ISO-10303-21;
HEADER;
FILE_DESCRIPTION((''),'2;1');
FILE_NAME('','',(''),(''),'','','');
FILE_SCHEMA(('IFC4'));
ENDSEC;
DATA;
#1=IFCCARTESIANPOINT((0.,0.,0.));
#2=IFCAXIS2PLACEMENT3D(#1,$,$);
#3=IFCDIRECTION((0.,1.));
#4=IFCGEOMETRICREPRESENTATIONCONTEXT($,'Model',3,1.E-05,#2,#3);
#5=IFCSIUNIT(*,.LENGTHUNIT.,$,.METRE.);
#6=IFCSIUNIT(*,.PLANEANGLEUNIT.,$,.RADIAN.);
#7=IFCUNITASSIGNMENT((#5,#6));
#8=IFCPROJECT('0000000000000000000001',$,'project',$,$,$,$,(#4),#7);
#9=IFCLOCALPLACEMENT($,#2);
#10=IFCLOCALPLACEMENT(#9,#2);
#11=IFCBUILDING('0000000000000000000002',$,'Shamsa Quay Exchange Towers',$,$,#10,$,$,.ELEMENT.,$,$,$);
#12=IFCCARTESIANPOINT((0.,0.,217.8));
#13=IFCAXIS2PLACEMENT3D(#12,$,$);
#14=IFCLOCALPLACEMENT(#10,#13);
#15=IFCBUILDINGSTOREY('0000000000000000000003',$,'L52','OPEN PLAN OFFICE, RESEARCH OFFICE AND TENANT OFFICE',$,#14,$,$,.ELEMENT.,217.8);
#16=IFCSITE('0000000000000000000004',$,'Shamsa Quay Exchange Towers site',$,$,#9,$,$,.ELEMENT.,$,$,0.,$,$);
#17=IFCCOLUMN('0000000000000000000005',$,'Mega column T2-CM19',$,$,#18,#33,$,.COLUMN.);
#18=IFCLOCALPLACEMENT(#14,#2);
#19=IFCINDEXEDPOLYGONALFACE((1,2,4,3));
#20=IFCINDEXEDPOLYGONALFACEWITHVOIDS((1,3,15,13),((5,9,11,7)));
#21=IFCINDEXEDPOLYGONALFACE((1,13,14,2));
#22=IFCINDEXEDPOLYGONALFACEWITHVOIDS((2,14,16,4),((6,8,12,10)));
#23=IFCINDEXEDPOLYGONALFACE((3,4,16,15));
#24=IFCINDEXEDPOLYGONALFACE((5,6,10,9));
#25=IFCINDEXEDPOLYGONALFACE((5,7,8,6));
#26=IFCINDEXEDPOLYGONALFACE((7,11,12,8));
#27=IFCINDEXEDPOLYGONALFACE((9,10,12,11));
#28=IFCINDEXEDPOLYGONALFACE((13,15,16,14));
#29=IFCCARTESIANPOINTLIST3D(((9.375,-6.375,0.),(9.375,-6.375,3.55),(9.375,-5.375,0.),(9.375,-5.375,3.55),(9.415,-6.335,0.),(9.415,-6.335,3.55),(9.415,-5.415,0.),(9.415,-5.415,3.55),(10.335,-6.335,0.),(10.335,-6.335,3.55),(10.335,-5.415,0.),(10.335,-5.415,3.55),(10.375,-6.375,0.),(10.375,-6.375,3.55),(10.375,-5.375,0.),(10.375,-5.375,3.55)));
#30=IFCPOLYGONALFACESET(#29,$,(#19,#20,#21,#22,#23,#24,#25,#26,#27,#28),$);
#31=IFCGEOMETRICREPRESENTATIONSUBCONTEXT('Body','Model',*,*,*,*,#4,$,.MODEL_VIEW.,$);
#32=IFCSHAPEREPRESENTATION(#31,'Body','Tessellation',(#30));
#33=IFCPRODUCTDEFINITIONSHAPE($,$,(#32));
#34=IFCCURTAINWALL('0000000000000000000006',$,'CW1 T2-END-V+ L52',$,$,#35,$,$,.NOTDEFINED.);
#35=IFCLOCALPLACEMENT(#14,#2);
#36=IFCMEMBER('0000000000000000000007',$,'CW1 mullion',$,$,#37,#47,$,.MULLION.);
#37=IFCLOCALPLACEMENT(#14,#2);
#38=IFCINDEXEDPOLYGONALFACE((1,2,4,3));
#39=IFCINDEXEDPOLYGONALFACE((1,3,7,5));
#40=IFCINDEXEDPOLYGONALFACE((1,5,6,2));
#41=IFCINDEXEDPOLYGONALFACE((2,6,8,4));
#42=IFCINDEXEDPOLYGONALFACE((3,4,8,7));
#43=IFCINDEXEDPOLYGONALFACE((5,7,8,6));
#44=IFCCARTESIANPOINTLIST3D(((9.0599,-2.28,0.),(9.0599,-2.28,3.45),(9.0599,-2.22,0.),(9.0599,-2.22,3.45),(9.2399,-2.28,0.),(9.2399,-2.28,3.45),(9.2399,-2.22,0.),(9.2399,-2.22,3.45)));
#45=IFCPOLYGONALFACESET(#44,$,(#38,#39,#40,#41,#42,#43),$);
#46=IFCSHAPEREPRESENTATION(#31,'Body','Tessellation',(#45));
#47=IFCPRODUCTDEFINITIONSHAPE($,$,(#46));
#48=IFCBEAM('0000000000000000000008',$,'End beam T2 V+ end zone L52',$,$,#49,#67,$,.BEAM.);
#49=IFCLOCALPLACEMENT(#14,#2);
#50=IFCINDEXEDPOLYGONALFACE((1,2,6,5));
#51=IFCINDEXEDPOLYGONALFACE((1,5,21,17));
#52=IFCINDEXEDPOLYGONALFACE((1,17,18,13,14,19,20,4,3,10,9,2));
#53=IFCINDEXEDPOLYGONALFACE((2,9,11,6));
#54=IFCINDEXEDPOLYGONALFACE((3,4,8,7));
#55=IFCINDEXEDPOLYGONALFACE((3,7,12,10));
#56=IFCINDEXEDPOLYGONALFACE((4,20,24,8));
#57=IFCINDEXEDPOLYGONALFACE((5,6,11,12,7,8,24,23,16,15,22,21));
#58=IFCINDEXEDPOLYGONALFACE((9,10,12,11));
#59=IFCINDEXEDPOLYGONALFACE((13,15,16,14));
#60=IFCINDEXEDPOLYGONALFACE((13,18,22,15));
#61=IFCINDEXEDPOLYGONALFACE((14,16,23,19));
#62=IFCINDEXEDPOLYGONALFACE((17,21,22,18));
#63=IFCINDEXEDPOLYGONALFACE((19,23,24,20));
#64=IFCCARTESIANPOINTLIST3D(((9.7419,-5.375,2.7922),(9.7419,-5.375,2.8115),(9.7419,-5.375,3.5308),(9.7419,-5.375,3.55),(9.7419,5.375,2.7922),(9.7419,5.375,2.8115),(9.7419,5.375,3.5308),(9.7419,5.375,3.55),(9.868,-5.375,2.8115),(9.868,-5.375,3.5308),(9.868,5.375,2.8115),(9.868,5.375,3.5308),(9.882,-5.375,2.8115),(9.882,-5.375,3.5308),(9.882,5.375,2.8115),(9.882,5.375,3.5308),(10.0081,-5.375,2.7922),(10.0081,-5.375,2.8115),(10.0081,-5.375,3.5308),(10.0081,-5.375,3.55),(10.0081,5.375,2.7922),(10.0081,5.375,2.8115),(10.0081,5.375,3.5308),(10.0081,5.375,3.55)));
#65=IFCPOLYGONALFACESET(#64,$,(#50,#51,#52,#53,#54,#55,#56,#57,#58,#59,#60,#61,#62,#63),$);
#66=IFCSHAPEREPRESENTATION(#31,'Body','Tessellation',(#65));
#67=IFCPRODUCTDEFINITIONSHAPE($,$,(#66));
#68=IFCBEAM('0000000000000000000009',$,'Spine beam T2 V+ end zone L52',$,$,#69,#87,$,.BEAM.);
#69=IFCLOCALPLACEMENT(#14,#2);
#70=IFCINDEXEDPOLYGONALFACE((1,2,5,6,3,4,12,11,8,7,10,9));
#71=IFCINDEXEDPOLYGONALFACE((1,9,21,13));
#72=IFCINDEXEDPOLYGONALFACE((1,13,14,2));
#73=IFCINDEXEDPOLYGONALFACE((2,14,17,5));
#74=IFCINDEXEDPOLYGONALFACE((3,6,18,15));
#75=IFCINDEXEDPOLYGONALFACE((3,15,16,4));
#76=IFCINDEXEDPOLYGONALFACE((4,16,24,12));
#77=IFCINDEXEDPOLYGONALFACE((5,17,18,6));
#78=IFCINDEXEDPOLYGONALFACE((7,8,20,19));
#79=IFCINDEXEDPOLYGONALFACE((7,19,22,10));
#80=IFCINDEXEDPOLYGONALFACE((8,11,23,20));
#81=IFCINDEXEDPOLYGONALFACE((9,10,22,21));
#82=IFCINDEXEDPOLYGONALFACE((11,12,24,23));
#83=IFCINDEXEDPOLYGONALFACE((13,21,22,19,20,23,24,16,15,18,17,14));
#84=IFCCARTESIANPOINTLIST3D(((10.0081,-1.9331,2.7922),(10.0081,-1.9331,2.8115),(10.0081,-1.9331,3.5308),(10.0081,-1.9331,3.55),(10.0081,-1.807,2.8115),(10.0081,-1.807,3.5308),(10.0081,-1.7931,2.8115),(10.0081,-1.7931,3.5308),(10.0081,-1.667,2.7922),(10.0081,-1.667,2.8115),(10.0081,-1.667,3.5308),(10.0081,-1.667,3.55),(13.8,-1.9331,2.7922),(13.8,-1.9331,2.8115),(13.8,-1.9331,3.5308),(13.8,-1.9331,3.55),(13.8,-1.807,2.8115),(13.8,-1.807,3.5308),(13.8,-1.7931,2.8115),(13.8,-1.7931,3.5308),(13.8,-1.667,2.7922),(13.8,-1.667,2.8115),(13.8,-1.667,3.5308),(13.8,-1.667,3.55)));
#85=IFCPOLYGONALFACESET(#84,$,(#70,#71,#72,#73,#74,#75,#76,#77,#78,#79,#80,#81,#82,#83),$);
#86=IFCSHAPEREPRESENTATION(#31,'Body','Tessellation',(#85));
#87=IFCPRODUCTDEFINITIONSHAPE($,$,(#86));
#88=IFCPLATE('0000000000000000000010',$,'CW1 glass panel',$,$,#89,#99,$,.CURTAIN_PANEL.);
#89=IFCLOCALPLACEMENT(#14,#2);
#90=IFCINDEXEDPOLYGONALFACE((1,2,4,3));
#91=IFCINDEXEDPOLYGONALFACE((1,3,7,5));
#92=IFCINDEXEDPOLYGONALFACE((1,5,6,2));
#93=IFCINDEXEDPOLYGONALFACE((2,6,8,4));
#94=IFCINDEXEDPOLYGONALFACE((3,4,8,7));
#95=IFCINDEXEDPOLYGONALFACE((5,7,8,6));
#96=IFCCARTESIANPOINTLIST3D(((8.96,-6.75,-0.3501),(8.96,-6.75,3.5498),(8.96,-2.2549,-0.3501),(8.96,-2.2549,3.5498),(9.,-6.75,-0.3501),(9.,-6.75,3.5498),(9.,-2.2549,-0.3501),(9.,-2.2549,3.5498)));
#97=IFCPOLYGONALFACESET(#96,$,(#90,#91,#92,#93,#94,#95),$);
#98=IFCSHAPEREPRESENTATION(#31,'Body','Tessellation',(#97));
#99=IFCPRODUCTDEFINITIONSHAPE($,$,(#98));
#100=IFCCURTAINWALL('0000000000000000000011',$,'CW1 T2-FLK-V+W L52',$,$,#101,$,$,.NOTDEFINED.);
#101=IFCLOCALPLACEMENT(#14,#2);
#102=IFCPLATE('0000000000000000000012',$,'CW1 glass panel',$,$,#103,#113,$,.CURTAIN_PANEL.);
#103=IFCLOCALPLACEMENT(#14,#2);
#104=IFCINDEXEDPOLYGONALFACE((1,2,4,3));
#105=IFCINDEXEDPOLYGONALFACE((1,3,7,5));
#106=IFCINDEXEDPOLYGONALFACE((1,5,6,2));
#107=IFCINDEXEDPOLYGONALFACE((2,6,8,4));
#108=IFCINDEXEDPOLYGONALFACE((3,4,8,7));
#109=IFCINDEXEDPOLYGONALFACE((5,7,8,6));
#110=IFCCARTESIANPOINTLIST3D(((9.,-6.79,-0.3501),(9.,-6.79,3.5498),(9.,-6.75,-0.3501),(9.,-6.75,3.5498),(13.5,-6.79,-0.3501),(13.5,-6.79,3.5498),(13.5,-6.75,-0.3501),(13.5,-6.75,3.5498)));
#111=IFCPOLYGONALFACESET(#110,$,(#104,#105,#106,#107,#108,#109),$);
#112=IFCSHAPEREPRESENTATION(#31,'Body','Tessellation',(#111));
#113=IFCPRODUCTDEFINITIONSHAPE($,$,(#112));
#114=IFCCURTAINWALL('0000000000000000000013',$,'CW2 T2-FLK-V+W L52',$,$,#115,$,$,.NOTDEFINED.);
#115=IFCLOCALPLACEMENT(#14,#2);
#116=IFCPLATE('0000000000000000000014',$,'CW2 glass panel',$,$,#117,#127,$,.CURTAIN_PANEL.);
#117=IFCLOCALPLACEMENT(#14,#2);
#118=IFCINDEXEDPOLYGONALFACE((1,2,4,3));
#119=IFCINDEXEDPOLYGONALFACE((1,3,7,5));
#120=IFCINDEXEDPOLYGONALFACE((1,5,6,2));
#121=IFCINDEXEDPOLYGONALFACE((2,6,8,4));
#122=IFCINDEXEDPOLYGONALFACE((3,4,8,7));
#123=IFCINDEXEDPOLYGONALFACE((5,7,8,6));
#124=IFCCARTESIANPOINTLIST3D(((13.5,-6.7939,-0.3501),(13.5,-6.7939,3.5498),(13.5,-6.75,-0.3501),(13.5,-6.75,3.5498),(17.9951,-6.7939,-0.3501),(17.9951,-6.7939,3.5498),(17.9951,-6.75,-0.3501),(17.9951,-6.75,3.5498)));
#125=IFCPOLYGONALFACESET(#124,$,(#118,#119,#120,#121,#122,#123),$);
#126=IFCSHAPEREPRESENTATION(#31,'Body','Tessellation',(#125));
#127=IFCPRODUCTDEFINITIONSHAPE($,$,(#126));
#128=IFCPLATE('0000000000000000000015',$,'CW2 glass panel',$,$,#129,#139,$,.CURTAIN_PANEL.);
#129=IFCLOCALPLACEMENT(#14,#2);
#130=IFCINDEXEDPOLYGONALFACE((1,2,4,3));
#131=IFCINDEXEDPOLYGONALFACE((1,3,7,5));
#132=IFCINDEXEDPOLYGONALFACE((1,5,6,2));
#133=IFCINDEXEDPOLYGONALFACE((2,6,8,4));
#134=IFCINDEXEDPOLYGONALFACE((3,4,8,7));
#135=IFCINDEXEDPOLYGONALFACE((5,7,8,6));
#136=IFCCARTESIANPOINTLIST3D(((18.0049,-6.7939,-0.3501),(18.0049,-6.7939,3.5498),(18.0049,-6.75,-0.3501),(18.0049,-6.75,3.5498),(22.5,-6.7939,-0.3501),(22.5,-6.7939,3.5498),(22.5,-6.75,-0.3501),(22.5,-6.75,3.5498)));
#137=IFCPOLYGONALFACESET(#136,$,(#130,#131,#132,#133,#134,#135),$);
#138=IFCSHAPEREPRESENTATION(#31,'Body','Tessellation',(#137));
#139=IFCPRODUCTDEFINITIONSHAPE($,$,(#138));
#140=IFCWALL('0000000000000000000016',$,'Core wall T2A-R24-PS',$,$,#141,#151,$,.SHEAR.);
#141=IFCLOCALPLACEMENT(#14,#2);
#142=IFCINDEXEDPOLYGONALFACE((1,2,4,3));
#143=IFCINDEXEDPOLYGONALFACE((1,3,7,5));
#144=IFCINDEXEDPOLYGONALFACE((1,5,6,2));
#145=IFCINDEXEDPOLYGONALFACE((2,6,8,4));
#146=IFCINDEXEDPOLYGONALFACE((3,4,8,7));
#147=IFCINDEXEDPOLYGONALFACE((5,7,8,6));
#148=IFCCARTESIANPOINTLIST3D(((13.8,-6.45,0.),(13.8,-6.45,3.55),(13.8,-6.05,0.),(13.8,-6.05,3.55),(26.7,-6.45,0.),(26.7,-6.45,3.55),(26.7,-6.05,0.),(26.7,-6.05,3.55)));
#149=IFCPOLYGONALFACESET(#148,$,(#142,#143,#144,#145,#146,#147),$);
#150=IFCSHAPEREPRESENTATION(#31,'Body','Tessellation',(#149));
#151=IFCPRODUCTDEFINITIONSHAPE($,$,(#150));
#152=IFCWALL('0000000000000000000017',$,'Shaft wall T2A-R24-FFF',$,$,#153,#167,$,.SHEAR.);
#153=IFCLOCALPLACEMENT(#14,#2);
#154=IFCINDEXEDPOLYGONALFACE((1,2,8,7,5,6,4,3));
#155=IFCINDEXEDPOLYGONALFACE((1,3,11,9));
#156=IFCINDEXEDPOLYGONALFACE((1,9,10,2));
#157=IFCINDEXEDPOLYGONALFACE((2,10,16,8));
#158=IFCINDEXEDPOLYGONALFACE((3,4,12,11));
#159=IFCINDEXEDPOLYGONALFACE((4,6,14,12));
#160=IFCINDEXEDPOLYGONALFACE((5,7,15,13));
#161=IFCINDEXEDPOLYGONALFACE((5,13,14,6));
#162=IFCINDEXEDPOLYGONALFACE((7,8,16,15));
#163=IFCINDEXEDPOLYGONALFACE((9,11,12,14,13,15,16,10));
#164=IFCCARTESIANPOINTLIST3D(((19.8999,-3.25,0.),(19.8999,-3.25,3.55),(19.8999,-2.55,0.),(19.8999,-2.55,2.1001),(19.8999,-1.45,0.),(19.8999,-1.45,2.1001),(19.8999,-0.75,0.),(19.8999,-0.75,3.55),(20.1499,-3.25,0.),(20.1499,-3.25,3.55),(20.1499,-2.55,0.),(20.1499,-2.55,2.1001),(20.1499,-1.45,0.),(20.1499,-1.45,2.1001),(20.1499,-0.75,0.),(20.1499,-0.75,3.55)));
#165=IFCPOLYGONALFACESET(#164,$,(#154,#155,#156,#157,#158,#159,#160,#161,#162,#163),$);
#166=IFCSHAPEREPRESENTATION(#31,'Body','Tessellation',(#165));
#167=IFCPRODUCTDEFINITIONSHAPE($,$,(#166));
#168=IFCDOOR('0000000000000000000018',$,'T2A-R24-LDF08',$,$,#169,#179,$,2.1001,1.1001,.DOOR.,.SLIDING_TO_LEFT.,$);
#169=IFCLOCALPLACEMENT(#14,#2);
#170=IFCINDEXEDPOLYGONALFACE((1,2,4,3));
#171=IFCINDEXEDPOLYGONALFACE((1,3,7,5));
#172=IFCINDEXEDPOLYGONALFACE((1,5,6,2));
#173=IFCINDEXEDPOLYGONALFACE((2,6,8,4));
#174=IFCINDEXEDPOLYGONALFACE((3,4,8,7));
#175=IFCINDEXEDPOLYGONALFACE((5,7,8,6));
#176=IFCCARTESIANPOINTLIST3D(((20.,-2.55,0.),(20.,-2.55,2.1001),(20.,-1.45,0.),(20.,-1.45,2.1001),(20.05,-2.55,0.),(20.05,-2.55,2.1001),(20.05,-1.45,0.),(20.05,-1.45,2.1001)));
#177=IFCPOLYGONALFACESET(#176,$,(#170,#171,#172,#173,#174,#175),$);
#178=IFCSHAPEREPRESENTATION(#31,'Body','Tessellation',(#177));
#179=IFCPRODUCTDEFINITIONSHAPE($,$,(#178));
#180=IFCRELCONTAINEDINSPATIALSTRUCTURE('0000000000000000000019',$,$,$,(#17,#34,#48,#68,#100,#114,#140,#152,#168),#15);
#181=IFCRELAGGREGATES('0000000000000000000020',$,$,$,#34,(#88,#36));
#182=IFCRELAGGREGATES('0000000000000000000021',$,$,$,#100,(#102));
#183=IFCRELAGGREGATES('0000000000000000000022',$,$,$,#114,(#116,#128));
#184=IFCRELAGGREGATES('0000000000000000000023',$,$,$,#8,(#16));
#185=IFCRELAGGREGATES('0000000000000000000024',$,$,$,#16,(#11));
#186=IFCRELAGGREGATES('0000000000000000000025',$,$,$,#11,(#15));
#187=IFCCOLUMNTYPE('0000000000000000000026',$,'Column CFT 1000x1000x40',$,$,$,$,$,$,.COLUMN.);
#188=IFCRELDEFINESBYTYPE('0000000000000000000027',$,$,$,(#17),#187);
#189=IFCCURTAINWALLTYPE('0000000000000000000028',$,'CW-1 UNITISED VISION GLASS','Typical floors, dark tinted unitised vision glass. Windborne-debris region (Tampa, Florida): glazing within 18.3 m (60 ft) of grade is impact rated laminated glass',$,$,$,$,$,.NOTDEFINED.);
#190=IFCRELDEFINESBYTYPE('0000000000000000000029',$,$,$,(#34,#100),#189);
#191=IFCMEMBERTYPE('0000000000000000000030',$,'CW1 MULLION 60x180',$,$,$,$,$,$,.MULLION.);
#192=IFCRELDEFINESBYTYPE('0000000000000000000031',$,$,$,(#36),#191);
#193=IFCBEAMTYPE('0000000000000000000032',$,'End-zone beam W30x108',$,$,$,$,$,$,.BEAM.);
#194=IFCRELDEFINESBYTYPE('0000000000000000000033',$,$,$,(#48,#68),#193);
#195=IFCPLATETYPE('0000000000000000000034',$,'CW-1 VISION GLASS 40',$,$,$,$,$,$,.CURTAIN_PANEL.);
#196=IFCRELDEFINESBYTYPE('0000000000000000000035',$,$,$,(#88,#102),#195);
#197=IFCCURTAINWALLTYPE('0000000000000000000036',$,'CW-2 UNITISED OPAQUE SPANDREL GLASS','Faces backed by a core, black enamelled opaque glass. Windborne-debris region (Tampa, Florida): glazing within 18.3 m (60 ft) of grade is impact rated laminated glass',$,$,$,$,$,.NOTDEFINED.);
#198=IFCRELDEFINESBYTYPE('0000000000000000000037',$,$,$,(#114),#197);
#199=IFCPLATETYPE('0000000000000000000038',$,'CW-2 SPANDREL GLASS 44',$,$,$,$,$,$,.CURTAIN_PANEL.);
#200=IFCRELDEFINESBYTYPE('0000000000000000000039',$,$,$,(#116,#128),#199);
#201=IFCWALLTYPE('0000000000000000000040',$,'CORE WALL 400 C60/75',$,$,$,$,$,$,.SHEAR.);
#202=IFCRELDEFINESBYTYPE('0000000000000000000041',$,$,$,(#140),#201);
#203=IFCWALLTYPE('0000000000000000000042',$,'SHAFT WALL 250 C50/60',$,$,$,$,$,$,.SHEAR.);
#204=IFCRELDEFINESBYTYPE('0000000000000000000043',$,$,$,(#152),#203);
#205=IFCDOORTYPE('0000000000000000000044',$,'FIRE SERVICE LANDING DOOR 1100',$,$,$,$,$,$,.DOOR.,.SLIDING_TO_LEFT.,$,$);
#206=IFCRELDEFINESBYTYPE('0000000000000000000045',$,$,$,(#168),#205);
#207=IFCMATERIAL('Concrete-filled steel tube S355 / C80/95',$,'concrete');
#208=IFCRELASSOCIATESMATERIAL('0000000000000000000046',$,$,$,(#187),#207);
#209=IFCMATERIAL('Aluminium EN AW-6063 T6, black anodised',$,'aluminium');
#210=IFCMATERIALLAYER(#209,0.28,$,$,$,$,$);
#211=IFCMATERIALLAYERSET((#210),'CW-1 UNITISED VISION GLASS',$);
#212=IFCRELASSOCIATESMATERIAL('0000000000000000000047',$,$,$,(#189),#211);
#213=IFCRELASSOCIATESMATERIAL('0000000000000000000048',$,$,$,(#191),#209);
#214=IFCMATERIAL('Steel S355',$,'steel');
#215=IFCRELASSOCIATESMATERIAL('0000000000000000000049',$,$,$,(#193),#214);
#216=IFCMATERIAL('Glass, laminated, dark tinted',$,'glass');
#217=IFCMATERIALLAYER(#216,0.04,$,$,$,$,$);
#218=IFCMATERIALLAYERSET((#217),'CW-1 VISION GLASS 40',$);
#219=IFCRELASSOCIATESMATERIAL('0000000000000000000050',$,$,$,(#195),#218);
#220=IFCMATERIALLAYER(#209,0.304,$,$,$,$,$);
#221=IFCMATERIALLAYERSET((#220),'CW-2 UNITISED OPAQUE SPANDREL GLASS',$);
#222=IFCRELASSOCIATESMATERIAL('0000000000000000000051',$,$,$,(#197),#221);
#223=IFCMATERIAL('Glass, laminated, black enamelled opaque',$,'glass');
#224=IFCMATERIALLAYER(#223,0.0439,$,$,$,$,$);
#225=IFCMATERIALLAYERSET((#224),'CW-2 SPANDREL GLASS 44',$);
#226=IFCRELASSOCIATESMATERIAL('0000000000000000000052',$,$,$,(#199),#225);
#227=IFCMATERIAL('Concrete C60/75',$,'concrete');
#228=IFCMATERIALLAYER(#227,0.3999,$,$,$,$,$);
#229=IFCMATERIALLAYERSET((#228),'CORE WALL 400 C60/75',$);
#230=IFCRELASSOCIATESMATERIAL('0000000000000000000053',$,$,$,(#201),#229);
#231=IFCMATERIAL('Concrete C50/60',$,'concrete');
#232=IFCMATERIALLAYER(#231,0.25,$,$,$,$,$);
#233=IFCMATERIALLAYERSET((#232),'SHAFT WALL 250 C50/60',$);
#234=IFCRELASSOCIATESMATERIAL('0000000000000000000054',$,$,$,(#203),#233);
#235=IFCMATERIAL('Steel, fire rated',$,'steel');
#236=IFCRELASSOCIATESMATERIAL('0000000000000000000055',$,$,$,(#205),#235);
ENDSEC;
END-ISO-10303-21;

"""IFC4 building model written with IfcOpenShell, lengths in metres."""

from ifc_helpers import new_model, si_unit, direction, frame, frame_2d, origin, origin_2d, place, context, subcontext, project, spatial, rectangle, hollow_rectangle, i_section, extrude, material, layer, layer_set, material_profile, profile_set, type_object, element, fill, aggregate, save


model = new_model("IFC4")

# Units and contexts
model_context = context("Model", 3, precision=1e-05, world=origin(), true_north=direction((0.0, 1.0)))
body_context = subcontext(model_context, "Body", "Model", "MODEL_VIEW")
ifc_project = project(units=[si_unit("LENGTHUNIT", "METRE"), si_unit("PLANEANGLEUNIT", "RADIAN")], contexts=[model_context])

# Site, building, storey
site_placement = place(None, origin())
site = spatial("IfcSite", under=ifc_project, at=site_placement, Name="Shamsa Quay Exchange Towers site", CompositionType="ELEMENT", RefElevation=0.0)
building_placement = place(site_placement, origin())
building = spatial("IfcBuilding", under=site, at=building_placement, Name="Shamsa Quay Exchange Towers", CompositionType="ELEMENT")
storey_placement = place(building_placement, frame((0.0, 0.0, 217.8)))
storey = spatial("IfcBuildingStorey", under=building, at=storey_placement, Name="L52", Description="OPEN PLAN OFFICE, RESEARCH OFFICE AND TENANT OFFICE", CompositionType="ELEMENT", Elevation=217.8)

# Column
ifc_material_1 = material(Name="Concrete-filled steel tube S355 / C80/95", Category="concrete")
ifc_material_profile_1 = material_profile(ifc_material_1, hollow_rectangle(XDim=1.0, YDim=1.0, WallThickness=0.04, at=origin_2d()), Name="CFT 1000x1000x40")
ifc_profile_set_1 = profile_set([ifc_material_profile_1], Name="Concrete-filled steel tube S355 / C80/95")
column_type = type_object("IfcColumnType", Name="Column CFT 1000x1000x40", PredefinedType="COLUMN", material=ifc_profile_set_1)
column_placement = place(storey_placement, frame((9.875, -5.875, 0.0)))
element("IfcColumn", 1, at=column_placement, inside=storey, type_object=column_type, Name="Mega column T2-CM19", PredefinedType="COLUMN", context=body_context, shape_type="SweptSolid", body=[
    extrude(hollow_rectangle(XDim=1.0, YDim=1.0, WallThickness=0.04, at=origin_2d()), origin(), (0.0, 0.0, 1.0), 3.55),
])

# Curtain wall, member
ifc_material_2 = material(Name="Aluminium EN AW-6063 T6, black anodised", Category="aluminium")
ifc_layer_1 = layer(ifc_material_2, 0.28)
ifc_layer_set_1 = layer_set([ifc_layer_1], Name="CW-1 UNITISED VISION GLASS")
curtain_wall_type_1 = type_object("IfcCurtainWallType", Name="CW-1 UNITISED VISION GLASS", Description="Typical floors, dark tinted unitised vision glass. Windborne-debris region (Tampa, Florida): glazing within 18.3 m (60 ft) of grade is impact rated laminated glass", PredefinedType="NOTDEFINED", material=ifc_layer_set_1)
curtain_wall_1_placement = place(storey_placement, origin())
curtain_wall_1 = element("IfcCurtainWall", 2, at=curtain_wall_1_placement, inside=storey, type_object=curtain_wall_type_1, Name="CW1 T2-END-V+ L52", PredefinedType="NOTDEFINED")
ifc_material_profile_2 = material_profile(ifc_material_2, rectangle(XDim=0.1799, YDim=0.0601, at=origin_2d()), Name="MU60x180")
ifc_profile_set_2 = profile_set([ifc_material_profile_2], Name="Aluminium EN AW-6063 T6, black anodised")
member_type = type_object("IfcMemberType", Name="CW1 MULLION 60x180", PredefinedType="MULLION", material=ifc_profile_set_2)
member_placement = place(storey_placement, frame((9.1499, -2.25, 0.0)))
member = element("IfcMember", 3, at=member_placement, type_object=member_type, Name="CW1 mullion", PredefinedType="MULLION", context=body_context, shape_type="SweptSolid", body=[
    extrude(rectangle(XDim=0.1799, YDim=0.0601, at=origin_2d()), origin(), (0.0, 0.0, 1.0), 3.45),
])

# Beams
ifc_material_3 = material(Name="Steel S355", Category="steel")
ifc_material_profile_3 = material_profile(ifc_material_3, i_section(OverallWidth=0.2661, OverallDepth=0.7578, WebThickness=0.0139, FlangeThickness=0.0193, at=origin_2d()), Name="W30x108")
ifc_profile_set_3 = profile_set([ifc_material_profile_3], Name="Steel S355")
beam_type = type_object("IfcBeamType", Name="End-zone beam W30x108", PredefinedType="BEAM", material=ifc_profile_set_3)
beam_1_placement = place(storey_placement, frame((9.875, -5.375, 3.1711), z_axis=(0.0, 1.0, 0.0), x_axis=(-1.0, 0.0, 0.0)))
element("IfcBeam", 4, at=beam_1_placement, inside=storey, type_object=beam_type, Name="End beam T2 V+ end zone L52", PredefinedType="BEAM", context=body_context, shape_type="SweptSolid", body=[
    extrude(i_section(OverallWidth=0.2661, OverallDepth=0.7578, WebThickness=0.0139, FlangeThickness=0.0193, at=origin_2d()), origin(), (0.0, 0.0, 1.0), 10.75),
])
beam_2_placement = place(storey_placement, frame((13.8, -1.8, 3.1711), z_axis=(-1.0, 0.0, 0.0), x_axis=(0.0, -1.0, 0.0)))
element("IfcBeam", 5, at=beam_2_placement, inside=storey, type_object=beam_type, Name="Spine beam T2 V+ end zone L52", PredefinedType="BEAM", context=body_context, shape_type="SweptSolid", body=[
    extrude(i_section(OverallWidth=0.2661, OverallDepth=0.7578, WebThickness=0.0139, FlangeThickness=0.0193, at=origin_2d()), origin(), (0.0, 0.0, 1.0), 3.792),
])

# Plate
ifc_material_4 = material(Name="Glass, laminated, dark tinted", Category="glass")
ifc_layer_2 = layer(ifc_material_4, 0.04)
ifc_layer_set_2 = layer_set([ifc_layer_2], Name="CW-1 VISION GLASS 40")
plate_type_1 = type_object("IfcPlateType", Name="CW-1 VISION GLASS 40", PredefinedType="CURTAIN_PANEL", material=ifc_layer_set_2)
plate_1_placement = place(storey_placement, frame((8.98, -4.5024, -0.3501), z_axis=(0.0, 0.0, 1.0), x_axis=(0.0, -1.0, 0.0)))
plate_1 = element("IfcPlate", 6, at=plate_1_placement, type_object=plate_type_1, Name="CW1 glass panel", PredefinedType="CURTAIN_PANEL", context=body_context, shape_type="SweptSolid", body=[
    extrude(rectangle(XDim=4.4951, YDim=0.04, at=origin_2d()), origin(), (0.0, 0.0, 1.0), 3.8999),
])
aggregate(curtain_wall_1, [plate_1, member])

# Curtain wall, plate
curtain_wall_2_placement = place(storey_placement, origin())
curtain_wall_2 = element("IfcCurtainWall", 7, at=curtain_wall_2_placement, inside=storey, type_object=curtain_wall_type_1, Name="CW1 T2-FLK-V+W L52", PredefinedType="NOTDEFINED")
plate_2_placement = place(storey_placement, frame((11.25, -6.77, -0.3501)))
plate_2 = element("IfcPlate", 8, at=plate_2_placement, type_object=plate_type_1, Name="CW1 glass panel", PredefinedType="CURTAIN_PANEL", context=body_context, shape_type="SweptSolid", body=[
    extrude(rectangle(XDim=4.5, YDim=0.04, at=origin_2d()), origin(), (0.0, 0.0, 1.0), 3.8999),
])
aggregate(curtain_wall_2, [plate_2])

# Curtain wall, plates
ifc_layer_3 = layer(ifc_material_2, 0.304)
ifc_layer_set_3 = layer_set([ifc_layer_3], Name="CW-2 UNITISED OPAQUE SPANDREL GLASS")
curtain_wall_type_2 = type_object("IfcCurtainWallType", Name="CW-2 UNITISED OPAQUE SPANDREL GLASS", Description="Faces backed by a core, black enamelled opaque glass. Windborne-debris region (Tampa, Florida): glazing within 18.3 m (60 ft) of grade is impact rated laminated glass", PredefinedType="NOTDEFINED", material=ifc_layer_set_3)
curtain_wall_3_placement = place(storey_placement, origin())
curtain_wall_3 = element("IfcCurtainWall", 9, at=curtain_wall_3_placement, inside=storey, type_object=curtain_wall_type_2, Name="CW2 T2-FLK-V+W L52", PredefinedType="NOTDEFINED")
ifc_material_5 = material(Name="Glass, laminated, black enamelled opaque", Category="glass")
ifc_layer_4 = layer(ifc_material_5, 0.0439)
ifc_layer_set_4 = layer_set([ifc_layer_4], Name="CW-2 SPANDREL GLASS 44")
plate_type_2 = type_object("IfcPlateType", Name="CW-2 SPANDREL GLASS 44", PredefinedType="CURTAIN_PANEL", material=ifc_layer_set_4)
plate_3_placement = place(storey_placement, frame((15.7476, -6.772, -0.3501)))
plate_3 = element("IfcPlate", 10, at=plate_3_placement, type_object=plate_type_2, Name="CW2 glass panel", PredefinedType="CURTAIN_PANEL", context=body_context, shape_type="SweptSolid", body=[
    extrude(rectangle(XDim=4.4951, YDim=0.0439, at=origin_2d()), origin(), (0.0, 0.0, 1.0), 3.8999),
])
plate_4_placement = place(storey_placement, frame((20.2524, -6.772, -0.3501)))
plate_4 = element("IfcPlate", 11, at=plate_4_placement, type_object=plate_type_2, Name="CW2 glass panel", PredefinedType="CURTAIN_PANEL", context=body_context, shape_type="SweptSolid", body=[
    extrude(rectangle(XDim=4.4951, YDim=0.0439, at=origin_2d()), origin(), (0.0, 0.0, 1.0), 3.8999),
])
aggregate(curtain_wall_3, [plate_3, plate_4])

# Wall
ifc_material_6 = material(Name="Concrete C60/75", Category="concrete")
ifc_layer_5 = layer(ifc_material_6, 0.3999)
ifc_layer_set_5 = layer_set([ifc_layer_5], Name="CORE WALL 400 C60/75")
wall_type_1 = type_object("IfcWallType", Name="CORE WALL 400 C60/75", PredefinedType="SHEAR", material=ifc_layer_set_5)
wall_1_placement = place(storey_placement, frame((13.8, -6.25, 0.0)))
element("IfcWall", 12, at=wall_1_placement, inside=storey, type_object=wall_type_1, Name="Core wall T2A-R24-PS", PredefinedType="SHEAR", context=body_context, shape_type="SweptSolid", body=[
    extrude(rectangle(XDim=12.8999, YDim=0.3999, at=frame_2d((6.45, 0.0))), origin(), (0.0, 0.0, 1.0), 3.55),
])

# Wall, opening, door
ifc_material_7 = material(Name="Concrete C50/60", Category="concrete")
ifc_layer_6 = layer(ifc_material_7, 0.25)
ifc_layer_set_6 = layer_set([ifc_layer_6], Name="SHAFT WALL 250 C50/60")
wall_type_2 = type_object("IfcWallType", Name="SHAFT WALL 250 C50/60", PredefinedType="SHEAR", material=ifc_layer_set_6)
wall_2_placement = place(storey_placement, frame((20.0249, -3.25, 0.0), z_axis=(0.0, 0.0, 1.0), x_axis=(0.0, 1.0, 0.0)))
wall_2 = element("IfcWall", 13, at=wall_2_placement, inside=storey, type_object=wall_type_2, Name="Shaft wall T2A-R24-FFF", PredefinedType="SHEAR", context=body_context, shape_type="SweptSolid", body=[
    extrude(rectangle(XDim=2.5, YDim=0.25, at=frame_2d((1.25, 0.0))), origin(), (0.0, 0.0, 1.0), 3.55),
])
opening_placement = place(wall_2_placement, frame((0.7, 0.0, 0.0)))
opening = element("IfcOpeningElement", 14, at=opening_placement, cuts=wall_2, PredefinedType="OPENING", context=body_context, shape_type="SweptSolid", body=[
    extrude(rectangle(XDim=1.1001, YDim=2.1001, at=frame_2d((0.55, 1.05))), frame((0.0, 0.135, 0.0), z_axis=(0.0, -1.0, 0.0), x_axis=(1.0, 0.0, 0.0)), (0.0, 0.0, 1.0), 0.27),
])
ifc_material_8 = material(Name="Steel, fire rated", Category="steel")
door_type = type_object("IfcDoorType", Name="FIRE SERVICE LANDING DOOR 1100", OperationType="SLIDING_TO_LEFT", PredefinedType="DOOR", material=ifc_material_8)
door_placement = place(opening_placement, origin())
door = element("IfcDoor", 15, at=door_placement, inside=storey, type_object=door_type, Name="T2A-R24-LDF08", OperationType="SLIDING_TO_LEFT", OverallHeight=2.1001, OverallWidth=1.1001, PredefinedType="DOOR", context=body_context, shape_type="SweptSolid", body=[
    extrude(rectangle(XDim=1.1001, YDim=2.1001, at=frame_2d((0.55, 1.05))), frame((0.0, 0.0249, 0.0), z_axis=(0.0, -1.0, 0.0), x_axis=(1.0, 0.0, 0.0)), (0.0, 0.0, 1.0), 0.05),
])
fill(opening, door)

save(model, "model.ifc")
